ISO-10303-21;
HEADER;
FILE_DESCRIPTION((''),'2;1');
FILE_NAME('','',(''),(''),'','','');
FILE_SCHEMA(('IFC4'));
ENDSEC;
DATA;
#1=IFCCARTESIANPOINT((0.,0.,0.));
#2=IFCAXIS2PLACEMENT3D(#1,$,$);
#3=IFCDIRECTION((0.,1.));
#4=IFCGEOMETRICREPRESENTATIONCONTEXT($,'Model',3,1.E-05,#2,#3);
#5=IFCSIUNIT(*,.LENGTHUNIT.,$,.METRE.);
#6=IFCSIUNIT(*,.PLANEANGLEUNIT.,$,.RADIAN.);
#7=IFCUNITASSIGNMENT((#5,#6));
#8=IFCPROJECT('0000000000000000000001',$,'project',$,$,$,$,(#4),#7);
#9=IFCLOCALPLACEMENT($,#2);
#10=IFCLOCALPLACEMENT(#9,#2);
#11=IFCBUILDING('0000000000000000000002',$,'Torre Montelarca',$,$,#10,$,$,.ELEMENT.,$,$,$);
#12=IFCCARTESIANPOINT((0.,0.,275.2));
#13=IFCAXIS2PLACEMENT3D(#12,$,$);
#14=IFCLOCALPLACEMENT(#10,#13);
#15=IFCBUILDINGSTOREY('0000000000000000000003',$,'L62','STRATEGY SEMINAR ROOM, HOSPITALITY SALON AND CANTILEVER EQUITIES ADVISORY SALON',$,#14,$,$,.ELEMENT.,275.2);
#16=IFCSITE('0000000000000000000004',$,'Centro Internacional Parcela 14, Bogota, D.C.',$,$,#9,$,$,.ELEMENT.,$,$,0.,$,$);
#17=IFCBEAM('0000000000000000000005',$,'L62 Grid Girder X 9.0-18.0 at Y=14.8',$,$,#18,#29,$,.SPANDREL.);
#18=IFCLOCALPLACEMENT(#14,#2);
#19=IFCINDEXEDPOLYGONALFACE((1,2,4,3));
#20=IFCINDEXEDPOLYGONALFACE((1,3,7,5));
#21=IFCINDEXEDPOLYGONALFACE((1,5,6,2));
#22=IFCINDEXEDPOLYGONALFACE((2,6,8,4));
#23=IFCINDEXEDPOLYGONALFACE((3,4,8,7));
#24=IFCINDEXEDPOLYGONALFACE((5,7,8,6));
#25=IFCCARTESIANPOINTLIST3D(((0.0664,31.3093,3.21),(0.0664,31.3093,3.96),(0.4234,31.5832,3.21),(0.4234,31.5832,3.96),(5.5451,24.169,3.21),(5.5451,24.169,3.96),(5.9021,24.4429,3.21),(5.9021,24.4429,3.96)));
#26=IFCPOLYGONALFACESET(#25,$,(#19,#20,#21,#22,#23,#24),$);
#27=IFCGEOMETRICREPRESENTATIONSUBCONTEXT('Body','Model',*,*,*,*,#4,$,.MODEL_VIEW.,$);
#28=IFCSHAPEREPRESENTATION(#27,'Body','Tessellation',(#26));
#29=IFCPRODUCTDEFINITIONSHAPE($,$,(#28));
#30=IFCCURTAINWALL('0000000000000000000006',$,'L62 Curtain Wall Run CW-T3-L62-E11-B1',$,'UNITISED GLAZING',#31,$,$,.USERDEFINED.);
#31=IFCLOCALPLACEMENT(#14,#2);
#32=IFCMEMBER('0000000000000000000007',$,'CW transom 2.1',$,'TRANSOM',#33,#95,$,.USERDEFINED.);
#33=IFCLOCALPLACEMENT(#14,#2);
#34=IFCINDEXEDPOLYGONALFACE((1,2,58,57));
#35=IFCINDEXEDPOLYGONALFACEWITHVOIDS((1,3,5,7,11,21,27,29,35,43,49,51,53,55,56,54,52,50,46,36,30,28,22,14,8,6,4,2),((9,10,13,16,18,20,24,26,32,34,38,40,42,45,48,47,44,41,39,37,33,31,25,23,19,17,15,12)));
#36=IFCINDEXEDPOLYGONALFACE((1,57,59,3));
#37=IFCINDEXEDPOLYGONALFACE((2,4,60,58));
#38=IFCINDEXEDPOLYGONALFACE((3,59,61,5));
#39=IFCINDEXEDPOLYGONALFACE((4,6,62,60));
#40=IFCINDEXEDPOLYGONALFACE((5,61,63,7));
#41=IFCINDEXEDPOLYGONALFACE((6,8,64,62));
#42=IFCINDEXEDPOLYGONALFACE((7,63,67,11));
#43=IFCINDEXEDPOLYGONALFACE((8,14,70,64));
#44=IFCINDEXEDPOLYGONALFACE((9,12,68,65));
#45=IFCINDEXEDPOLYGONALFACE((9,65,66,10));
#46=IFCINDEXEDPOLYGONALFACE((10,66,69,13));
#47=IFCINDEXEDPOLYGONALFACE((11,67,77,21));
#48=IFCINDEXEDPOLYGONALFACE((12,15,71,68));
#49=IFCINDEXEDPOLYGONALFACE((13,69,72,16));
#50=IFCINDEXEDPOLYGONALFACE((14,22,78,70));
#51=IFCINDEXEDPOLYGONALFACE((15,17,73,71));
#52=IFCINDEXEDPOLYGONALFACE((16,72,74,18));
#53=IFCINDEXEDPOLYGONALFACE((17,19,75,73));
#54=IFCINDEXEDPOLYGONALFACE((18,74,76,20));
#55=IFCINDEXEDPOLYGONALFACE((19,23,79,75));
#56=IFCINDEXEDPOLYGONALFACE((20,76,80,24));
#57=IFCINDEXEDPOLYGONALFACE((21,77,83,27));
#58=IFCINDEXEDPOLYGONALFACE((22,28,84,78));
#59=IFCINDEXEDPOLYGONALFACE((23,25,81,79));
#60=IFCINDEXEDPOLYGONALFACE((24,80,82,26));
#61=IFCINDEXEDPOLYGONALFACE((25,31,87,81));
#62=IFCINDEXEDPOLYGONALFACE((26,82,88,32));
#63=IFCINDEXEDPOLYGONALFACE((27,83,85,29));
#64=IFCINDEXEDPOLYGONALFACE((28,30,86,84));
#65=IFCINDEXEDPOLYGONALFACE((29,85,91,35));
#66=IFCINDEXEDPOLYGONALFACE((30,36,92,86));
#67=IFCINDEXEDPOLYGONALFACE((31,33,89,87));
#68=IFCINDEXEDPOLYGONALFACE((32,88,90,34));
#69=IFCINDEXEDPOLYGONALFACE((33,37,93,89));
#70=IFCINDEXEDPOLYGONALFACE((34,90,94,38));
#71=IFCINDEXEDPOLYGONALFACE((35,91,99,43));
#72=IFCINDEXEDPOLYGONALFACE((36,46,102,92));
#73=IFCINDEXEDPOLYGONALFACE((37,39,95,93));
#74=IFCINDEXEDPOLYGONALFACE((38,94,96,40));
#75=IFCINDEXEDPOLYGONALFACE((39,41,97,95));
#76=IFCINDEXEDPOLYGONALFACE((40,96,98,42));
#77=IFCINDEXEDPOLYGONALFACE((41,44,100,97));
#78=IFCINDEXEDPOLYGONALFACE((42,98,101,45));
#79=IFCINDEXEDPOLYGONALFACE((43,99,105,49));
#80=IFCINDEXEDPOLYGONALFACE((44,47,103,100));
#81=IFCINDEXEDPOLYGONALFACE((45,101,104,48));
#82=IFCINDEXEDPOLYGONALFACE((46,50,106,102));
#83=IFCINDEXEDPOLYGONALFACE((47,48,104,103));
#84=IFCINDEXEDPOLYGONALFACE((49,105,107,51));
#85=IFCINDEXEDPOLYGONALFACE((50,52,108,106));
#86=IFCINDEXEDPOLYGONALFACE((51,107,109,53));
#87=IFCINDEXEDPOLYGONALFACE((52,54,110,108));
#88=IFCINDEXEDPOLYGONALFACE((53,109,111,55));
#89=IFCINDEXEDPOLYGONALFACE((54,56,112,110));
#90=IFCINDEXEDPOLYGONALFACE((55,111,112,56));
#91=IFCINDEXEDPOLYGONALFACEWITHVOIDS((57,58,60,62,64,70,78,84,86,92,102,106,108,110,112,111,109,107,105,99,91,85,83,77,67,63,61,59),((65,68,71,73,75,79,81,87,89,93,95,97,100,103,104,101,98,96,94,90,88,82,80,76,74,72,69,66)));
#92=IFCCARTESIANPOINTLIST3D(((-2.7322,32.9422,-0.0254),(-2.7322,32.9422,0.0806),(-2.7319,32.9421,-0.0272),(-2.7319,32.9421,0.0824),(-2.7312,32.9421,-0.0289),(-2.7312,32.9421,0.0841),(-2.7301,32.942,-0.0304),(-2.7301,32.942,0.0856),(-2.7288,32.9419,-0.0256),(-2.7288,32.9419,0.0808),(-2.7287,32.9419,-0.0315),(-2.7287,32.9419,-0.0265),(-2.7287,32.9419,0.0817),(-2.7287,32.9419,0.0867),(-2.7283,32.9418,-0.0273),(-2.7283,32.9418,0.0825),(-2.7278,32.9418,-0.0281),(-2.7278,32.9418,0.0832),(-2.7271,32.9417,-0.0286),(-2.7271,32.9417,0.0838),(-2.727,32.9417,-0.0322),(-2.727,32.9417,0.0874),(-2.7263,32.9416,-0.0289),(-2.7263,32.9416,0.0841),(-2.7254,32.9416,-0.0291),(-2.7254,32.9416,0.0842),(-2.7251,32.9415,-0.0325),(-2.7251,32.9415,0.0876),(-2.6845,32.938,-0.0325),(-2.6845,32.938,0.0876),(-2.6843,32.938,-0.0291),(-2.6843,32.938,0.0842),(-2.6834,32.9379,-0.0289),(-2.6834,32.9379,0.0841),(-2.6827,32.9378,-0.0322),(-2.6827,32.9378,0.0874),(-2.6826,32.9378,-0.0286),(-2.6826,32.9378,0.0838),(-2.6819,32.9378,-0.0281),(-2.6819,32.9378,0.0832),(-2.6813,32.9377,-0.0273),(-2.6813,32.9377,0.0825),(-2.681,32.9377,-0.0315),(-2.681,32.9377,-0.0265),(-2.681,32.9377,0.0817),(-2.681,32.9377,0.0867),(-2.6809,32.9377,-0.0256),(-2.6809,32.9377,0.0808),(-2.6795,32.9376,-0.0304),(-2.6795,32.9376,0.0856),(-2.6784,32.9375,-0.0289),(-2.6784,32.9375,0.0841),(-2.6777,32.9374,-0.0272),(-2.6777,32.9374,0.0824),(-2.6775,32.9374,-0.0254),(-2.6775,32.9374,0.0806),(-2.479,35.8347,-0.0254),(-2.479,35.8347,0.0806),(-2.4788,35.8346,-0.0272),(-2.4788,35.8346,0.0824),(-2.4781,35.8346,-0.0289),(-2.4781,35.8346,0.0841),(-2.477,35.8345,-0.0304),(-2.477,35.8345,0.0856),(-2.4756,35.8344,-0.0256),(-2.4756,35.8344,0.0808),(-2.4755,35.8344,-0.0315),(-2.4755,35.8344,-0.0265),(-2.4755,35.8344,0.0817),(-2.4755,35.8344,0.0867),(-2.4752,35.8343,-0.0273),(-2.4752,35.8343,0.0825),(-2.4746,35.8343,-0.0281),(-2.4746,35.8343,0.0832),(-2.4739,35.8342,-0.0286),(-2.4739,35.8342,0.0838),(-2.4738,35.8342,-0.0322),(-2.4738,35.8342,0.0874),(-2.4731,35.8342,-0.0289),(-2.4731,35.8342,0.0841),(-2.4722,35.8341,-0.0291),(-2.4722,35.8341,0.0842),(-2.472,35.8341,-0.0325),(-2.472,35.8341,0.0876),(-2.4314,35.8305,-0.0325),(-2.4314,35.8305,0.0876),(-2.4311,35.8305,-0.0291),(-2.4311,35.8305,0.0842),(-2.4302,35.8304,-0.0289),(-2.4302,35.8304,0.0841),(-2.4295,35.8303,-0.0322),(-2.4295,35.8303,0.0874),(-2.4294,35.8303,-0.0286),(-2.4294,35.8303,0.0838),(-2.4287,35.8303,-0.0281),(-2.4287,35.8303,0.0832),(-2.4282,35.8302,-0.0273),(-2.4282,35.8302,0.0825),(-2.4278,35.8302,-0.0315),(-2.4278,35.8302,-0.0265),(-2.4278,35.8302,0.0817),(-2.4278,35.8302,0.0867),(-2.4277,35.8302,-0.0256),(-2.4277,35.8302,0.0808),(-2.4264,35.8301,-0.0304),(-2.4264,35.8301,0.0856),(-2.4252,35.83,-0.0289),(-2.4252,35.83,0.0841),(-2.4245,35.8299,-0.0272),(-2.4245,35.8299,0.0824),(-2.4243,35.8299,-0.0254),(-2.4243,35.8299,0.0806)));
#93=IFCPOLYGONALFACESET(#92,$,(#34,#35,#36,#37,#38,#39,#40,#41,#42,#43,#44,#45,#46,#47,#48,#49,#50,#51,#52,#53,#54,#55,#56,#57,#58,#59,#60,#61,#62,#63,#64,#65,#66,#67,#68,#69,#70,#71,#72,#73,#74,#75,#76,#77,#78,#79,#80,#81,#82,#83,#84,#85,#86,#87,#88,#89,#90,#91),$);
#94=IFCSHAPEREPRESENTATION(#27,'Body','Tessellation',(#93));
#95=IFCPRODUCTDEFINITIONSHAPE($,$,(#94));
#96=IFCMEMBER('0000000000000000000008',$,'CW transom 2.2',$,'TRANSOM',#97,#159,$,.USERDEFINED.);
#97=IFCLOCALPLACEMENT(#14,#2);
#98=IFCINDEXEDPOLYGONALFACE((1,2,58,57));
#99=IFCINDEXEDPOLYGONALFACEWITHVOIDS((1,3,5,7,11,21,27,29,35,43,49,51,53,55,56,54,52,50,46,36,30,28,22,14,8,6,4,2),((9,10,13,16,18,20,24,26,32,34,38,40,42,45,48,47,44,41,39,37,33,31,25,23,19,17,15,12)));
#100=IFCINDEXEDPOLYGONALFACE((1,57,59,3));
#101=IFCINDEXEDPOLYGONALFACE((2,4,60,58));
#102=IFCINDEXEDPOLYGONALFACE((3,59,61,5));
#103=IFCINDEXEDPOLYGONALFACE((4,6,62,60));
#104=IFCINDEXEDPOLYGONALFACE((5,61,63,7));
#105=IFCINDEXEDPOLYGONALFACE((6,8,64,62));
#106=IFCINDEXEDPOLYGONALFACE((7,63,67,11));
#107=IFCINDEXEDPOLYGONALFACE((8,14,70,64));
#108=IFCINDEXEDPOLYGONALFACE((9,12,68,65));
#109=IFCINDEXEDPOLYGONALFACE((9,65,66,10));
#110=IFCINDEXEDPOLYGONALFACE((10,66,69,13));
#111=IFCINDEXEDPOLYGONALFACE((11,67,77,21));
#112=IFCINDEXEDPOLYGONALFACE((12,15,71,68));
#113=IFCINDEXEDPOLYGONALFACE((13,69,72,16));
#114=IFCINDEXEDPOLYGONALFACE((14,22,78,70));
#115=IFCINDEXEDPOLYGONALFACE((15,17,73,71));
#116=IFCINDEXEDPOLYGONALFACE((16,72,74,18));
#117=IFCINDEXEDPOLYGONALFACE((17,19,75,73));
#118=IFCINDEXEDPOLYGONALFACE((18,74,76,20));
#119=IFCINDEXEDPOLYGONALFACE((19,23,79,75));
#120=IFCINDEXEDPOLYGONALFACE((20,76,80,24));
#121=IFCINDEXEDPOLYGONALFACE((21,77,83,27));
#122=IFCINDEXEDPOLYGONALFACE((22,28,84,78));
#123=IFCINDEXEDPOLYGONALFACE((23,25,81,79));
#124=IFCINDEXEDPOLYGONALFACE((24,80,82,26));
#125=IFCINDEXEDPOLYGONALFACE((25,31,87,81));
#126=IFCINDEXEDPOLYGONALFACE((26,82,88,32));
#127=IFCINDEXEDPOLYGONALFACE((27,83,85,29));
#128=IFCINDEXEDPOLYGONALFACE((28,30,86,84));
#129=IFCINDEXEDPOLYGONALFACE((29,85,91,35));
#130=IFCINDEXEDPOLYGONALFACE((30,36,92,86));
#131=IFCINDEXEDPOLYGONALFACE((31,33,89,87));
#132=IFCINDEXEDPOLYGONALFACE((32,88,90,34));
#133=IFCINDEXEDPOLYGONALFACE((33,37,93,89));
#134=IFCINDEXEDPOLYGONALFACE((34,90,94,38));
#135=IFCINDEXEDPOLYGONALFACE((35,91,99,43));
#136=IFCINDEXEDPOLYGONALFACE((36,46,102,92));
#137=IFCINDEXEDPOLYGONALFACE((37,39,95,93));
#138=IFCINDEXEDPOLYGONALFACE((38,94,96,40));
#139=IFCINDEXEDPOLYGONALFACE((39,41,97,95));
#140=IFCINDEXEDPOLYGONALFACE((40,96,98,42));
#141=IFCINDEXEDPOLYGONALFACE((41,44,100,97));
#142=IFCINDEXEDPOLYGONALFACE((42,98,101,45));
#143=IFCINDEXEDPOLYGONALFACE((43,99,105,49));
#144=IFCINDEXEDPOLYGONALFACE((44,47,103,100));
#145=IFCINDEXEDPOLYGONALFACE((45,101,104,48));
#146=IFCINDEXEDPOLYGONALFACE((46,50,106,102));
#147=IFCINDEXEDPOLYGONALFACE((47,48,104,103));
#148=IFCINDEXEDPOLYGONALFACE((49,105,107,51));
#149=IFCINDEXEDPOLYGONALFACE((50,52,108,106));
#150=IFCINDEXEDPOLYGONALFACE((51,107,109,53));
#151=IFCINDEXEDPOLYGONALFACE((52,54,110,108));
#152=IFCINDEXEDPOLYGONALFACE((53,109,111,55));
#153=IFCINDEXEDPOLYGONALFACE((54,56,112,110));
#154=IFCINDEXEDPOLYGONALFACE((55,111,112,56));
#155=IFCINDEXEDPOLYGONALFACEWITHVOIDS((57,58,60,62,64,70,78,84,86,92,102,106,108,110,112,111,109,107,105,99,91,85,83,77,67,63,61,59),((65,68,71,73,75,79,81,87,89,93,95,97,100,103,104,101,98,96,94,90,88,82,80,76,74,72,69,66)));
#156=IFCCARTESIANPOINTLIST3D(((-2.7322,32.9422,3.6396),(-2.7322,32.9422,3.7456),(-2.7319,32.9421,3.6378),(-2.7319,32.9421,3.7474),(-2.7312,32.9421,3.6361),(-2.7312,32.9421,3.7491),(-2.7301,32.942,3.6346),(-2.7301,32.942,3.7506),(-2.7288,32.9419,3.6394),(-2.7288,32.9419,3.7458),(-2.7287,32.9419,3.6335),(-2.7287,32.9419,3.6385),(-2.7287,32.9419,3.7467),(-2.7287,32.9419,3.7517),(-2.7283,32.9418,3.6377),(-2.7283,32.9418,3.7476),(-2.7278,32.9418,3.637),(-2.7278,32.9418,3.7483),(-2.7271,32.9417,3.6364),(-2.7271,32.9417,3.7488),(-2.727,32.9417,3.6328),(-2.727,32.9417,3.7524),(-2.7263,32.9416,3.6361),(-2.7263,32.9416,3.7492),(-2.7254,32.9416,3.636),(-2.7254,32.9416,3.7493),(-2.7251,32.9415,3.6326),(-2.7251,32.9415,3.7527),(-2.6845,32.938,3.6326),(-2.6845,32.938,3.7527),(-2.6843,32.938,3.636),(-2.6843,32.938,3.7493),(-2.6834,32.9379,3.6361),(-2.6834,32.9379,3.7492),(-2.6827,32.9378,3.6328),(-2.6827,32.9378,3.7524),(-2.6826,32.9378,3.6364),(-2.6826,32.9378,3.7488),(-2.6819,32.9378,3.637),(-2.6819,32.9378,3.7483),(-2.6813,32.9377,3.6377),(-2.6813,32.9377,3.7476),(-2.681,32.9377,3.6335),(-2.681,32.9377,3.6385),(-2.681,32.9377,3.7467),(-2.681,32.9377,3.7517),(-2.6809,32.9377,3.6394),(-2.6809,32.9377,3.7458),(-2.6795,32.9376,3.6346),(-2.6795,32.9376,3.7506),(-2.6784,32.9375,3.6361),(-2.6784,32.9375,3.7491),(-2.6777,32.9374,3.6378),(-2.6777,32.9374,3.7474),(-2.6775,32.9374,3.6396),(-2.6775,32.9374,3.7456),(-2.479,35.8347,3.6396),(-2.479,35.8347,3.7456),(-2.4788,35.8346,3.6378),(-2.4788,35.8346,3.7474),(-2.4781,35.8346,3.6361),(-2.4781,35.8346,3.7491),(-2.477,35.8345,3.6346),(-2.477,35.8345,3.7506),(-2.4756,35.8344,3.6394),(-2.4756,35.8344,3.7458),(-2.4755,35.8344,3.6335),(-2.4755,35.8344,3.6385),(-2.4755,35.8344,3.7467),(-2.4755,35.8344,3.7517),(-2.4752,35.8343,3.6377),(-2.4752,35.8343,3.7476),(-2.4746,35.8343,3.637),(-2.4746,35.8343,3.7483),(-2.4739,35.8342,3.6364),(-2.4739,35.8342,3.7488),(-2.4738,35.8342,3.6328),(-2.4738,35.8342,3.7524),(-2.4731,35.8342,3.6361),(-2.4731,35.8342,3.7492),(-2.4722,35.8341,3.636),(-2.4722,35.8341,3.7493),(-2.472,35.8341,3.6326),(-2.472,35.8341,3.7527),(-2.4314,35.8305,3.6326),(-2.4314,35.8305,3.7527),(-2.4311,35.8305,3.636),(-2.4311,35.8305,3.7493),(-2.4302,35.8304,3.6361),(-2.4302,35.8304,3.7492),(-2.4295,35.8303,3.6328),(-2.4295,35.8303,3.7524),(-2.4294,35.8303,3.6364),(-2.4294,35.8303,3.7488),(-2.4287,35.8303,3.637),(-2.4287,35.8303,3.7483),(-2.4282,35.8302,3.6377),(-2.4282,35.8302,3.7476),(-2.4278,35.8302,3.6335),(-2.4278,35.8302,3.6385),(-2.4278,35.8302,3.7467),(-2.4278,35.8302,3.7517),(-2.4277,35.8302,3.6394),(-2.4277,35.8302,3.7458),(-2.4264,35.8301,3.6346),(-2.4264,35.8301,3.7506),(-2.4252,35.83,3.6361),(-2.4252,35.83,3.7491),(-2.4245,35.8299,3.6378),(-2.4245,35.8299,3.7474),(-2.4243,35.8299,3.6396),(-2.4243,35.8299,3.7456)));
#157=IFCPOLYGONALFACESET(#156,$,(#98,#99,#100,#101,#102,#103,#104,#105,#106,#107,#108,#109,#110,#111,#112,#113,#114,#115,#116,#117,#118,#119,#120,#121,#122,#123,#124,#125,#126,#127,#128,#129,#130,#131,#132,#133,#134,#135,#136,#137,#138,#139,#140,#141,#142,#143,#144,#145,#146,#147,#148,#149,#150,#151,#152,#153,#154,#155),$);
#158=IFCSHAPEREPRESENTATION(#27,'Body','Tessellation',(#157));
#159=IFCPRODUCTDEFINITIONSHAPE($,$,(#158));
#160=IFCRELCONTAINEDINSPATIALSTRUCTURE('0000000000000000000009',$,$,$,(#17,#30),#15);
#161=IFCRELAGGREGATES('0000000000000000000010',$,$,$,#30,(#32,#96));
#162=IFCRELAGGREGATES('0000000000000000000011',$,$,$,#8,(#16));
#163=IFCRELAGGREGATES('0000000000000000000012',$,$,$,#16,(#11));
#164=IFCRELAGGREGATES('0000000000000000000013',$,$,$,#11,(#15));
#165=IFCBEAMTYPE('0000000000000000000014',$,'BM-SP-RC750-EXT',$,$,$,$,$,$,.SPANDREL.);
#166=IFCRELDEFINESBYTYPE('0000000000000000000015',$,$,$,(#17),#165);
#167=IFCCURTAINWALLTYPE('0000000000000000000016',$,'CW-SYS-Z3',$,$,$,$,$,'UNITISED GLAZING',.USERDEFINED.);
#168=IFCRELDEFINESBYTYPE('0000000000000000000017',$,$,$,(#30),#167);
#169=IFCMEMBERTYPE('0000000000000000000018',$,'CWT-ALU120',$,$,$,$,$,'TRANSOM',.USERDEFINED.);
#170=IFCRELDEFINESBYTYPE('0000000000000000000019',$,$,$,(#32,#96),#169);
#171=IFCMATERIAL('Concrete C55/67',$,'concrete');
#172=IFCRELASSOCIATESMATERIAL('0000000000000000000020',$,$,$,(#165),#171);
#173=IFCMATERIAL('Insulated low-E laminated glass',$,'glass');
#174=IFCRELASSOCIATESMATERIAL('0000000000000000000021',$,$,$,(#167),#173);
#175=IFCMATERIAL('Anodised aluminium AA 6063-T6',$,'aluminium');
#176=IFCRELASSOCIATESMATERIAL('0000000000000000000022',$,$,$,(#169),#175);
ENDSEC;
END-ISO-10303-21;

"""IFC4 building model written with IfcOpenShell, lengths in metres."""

from ifc_helpers import new_model, si_unit, direction, frame, origin, origin_2d, place, context, subcontext, project, spatial, rectangle, hollow_rectangle, extrude, source, transform, mapped, material, material_profile, profile_set, type_object, element, aggregate, save


model = new_model("IFC4")

# Units and contexts
model_context = context("Model", 3, precision=1e-05, world=origin(), true_north=direction((0.0, 1.0)))
body_context = subcontext(model_context, "Body", "Model", "MODEL_VIEW")
ifc_project = project(units=[si_unit("LENGTHUNIT", "METRE"), si_unit("PLANEANGLEUNIT", "RADIAN")], contexts=[model_context])

# Site, building, storey
site_placement = place(None, origin())
site = spatial("IfcSite", under=ifc_project, at=site_placement, Name="Centro Internacional Parcela 14, Bogota, D.C.", CompositionType="ELEMENT", RefElevation=0.0)
building_placement = place(site_placement, origin())
building = spatial("IfcBuilding", under=site, at=building_placement, Name="Torre Montelarca", CompositionType="ELEMENT")
storey_placement = place(building_placement, frame((0.0, 0.0, 275.2)))
storey = spatial("IfcBuildingStorey", under=building, at=storey_placement, Name="L62", Description="STRATEGY SEMINAR ROOM, HOSPITALITY SALON AND CANTILEVER EQUITIES ADVISORY SALON", CompositionType="ELEMENT", Elevation=275.2)

# Beam
ifc_material_1 = material(Name="Concrete C55/67", Category="concrete")
ifc_material_profile_1 = material_profile(ifc_material_1, rectangle(XDim=0.45, YDim=0.75, at=origin_2d()), Name="RCB450X750", Category="concrete")
ifc_profile_set_1 = profile_set([ifc_material_profile_1], Name="Concrete C55/67")
beam_type = type_object("IfcBeamType", Name="BM-SP-RC750-EXT", PredefinedType="SPANDREL", material=ifc_profile_set_1)
shared_shape_1 = source(origin(), body_context, "Body", "SweptSolid", [
    extrude(rectangle(XDim=0.45, YDim=0.75, at=origin_2d()), origin(), (0.0, 0.0, 1.0), 9.0),
])
beam_placement = place(storey_placement, frame((0.2449, 31.4463, 3.585), z_axis=(0.608744, -0.793367, 0.0), x_axis=(0.793367, 0.608744, 0.0)))
element("IfcBeam", 1, at=beam_placement, inside=storey, type_object=beam_type, Name="L62 Grid Girder X 9.0-18.0 at Y=14.8", PredefinedType="SPANDREL", context=body_context, shape_type="MappedRepresentation", body=[
    mapped(shared_shape_1, transform((0.0, 0.0, 0.0), scale=1.0)),
])

# Curtain wall, members
ifc_material_2 = material(Name="Insulated low-E laminated glass", Category="glass")
curtain_wall_type = type_object("IfcCurtainWallType", Name="CW-SYS-Z3", ElementType="UNITISED GLAZING", PredefinedType="USERDEFINED", material=ifc_material_2)
curtain_wall_1_placement = place(storey_placement, origin())
curtain_wall_1 = element("IfcCurtainWall", 2, at=curtain_wall_1_placement, inside=storey, type_object=curtain_wall_type, Name="L62 Curtain Wall Run CW-T3-L62-E11-B1", ObjectType="UNITISED GLAZING", PredefinedType="USERDEFINED")
ifc_material_3 = material(Name="Anodised aluminium AA 6063-T6", Category="aluminium")
ifc_material_profile_2 = material_profile(ifc_material_3, hollow_rectangle(XDim=0.0549, YDim=0.1201, WallThickness=0.0034, InnerFilletRadius=0.0034, OuterFilletRadius=0.0071, at=origin_2d()), Name="ALU55X120X3.5", Category="aluminium")
ifc_profile_set_2 = profile_set([ifc_material_profile_2], Name="Anodised aluminium AA 6063-T6")
member_type_1 = type_object("IfcMemberType", Name="CWT-ALU120", ElementType="TRANSOM", PredefinedType="USERDEFINED", material=ifc_profile_set_2)
shared_shape_2 = source(origin(), body_context, "Body", "SweptSolid", [
    extrude(hollow_rectangle(XDim=0.0549, YDim=0.1201, WallThickness=0.0034, InnerFilletRadius=0.0034, OuterFilletRadius=0.0071, at=origin_2d()), origin(), (0.0, 0.0, 1.0), 2.9036),
])
member_1_placement = place(storey_placement, frame((-2.4517, 35.8323, 0.0276), z_axis=(-0.087192, -0.996192, 0.0), x_axis=(0.996192, -0.087192, 0.0)))
member_1 = element("IfcMember", 3, at=member_1_placement, type_object=member_type_1, Name="CW transom 2.1", ObjectType="TRANSOM", PredefinedType="USERDEFINED", context=body_context, shape_type="MappedRepresentation", body=[
    mapped(shared_shape_2, transform((0.0, 0.0, 0.0), scale=1.0)),
])
member_2_placement = place(storey_placement, frame((-2.4517, 35.8323, 3.6926), z_axis=(-0.087192, -0.996192, 0.0), x_axis=(0.996192, -0.087192, 0.0)))
member_2 = element("IfcMember", 4, at=member_2_placement, type_object=member_type_1, Name="CW transom 2.2", ObjectType="TRANSOM", PredefinedType="USERDEFINED", context=body_context, shape_type="MappedRepresentation", body=[
    mapped(shared_shape_2, transform((0.0, 0.0, 0.0), scale=1.0)),
])

aggregate(curtain_wall_1, [member_1, member_2])

save(model, "model.ifc")
